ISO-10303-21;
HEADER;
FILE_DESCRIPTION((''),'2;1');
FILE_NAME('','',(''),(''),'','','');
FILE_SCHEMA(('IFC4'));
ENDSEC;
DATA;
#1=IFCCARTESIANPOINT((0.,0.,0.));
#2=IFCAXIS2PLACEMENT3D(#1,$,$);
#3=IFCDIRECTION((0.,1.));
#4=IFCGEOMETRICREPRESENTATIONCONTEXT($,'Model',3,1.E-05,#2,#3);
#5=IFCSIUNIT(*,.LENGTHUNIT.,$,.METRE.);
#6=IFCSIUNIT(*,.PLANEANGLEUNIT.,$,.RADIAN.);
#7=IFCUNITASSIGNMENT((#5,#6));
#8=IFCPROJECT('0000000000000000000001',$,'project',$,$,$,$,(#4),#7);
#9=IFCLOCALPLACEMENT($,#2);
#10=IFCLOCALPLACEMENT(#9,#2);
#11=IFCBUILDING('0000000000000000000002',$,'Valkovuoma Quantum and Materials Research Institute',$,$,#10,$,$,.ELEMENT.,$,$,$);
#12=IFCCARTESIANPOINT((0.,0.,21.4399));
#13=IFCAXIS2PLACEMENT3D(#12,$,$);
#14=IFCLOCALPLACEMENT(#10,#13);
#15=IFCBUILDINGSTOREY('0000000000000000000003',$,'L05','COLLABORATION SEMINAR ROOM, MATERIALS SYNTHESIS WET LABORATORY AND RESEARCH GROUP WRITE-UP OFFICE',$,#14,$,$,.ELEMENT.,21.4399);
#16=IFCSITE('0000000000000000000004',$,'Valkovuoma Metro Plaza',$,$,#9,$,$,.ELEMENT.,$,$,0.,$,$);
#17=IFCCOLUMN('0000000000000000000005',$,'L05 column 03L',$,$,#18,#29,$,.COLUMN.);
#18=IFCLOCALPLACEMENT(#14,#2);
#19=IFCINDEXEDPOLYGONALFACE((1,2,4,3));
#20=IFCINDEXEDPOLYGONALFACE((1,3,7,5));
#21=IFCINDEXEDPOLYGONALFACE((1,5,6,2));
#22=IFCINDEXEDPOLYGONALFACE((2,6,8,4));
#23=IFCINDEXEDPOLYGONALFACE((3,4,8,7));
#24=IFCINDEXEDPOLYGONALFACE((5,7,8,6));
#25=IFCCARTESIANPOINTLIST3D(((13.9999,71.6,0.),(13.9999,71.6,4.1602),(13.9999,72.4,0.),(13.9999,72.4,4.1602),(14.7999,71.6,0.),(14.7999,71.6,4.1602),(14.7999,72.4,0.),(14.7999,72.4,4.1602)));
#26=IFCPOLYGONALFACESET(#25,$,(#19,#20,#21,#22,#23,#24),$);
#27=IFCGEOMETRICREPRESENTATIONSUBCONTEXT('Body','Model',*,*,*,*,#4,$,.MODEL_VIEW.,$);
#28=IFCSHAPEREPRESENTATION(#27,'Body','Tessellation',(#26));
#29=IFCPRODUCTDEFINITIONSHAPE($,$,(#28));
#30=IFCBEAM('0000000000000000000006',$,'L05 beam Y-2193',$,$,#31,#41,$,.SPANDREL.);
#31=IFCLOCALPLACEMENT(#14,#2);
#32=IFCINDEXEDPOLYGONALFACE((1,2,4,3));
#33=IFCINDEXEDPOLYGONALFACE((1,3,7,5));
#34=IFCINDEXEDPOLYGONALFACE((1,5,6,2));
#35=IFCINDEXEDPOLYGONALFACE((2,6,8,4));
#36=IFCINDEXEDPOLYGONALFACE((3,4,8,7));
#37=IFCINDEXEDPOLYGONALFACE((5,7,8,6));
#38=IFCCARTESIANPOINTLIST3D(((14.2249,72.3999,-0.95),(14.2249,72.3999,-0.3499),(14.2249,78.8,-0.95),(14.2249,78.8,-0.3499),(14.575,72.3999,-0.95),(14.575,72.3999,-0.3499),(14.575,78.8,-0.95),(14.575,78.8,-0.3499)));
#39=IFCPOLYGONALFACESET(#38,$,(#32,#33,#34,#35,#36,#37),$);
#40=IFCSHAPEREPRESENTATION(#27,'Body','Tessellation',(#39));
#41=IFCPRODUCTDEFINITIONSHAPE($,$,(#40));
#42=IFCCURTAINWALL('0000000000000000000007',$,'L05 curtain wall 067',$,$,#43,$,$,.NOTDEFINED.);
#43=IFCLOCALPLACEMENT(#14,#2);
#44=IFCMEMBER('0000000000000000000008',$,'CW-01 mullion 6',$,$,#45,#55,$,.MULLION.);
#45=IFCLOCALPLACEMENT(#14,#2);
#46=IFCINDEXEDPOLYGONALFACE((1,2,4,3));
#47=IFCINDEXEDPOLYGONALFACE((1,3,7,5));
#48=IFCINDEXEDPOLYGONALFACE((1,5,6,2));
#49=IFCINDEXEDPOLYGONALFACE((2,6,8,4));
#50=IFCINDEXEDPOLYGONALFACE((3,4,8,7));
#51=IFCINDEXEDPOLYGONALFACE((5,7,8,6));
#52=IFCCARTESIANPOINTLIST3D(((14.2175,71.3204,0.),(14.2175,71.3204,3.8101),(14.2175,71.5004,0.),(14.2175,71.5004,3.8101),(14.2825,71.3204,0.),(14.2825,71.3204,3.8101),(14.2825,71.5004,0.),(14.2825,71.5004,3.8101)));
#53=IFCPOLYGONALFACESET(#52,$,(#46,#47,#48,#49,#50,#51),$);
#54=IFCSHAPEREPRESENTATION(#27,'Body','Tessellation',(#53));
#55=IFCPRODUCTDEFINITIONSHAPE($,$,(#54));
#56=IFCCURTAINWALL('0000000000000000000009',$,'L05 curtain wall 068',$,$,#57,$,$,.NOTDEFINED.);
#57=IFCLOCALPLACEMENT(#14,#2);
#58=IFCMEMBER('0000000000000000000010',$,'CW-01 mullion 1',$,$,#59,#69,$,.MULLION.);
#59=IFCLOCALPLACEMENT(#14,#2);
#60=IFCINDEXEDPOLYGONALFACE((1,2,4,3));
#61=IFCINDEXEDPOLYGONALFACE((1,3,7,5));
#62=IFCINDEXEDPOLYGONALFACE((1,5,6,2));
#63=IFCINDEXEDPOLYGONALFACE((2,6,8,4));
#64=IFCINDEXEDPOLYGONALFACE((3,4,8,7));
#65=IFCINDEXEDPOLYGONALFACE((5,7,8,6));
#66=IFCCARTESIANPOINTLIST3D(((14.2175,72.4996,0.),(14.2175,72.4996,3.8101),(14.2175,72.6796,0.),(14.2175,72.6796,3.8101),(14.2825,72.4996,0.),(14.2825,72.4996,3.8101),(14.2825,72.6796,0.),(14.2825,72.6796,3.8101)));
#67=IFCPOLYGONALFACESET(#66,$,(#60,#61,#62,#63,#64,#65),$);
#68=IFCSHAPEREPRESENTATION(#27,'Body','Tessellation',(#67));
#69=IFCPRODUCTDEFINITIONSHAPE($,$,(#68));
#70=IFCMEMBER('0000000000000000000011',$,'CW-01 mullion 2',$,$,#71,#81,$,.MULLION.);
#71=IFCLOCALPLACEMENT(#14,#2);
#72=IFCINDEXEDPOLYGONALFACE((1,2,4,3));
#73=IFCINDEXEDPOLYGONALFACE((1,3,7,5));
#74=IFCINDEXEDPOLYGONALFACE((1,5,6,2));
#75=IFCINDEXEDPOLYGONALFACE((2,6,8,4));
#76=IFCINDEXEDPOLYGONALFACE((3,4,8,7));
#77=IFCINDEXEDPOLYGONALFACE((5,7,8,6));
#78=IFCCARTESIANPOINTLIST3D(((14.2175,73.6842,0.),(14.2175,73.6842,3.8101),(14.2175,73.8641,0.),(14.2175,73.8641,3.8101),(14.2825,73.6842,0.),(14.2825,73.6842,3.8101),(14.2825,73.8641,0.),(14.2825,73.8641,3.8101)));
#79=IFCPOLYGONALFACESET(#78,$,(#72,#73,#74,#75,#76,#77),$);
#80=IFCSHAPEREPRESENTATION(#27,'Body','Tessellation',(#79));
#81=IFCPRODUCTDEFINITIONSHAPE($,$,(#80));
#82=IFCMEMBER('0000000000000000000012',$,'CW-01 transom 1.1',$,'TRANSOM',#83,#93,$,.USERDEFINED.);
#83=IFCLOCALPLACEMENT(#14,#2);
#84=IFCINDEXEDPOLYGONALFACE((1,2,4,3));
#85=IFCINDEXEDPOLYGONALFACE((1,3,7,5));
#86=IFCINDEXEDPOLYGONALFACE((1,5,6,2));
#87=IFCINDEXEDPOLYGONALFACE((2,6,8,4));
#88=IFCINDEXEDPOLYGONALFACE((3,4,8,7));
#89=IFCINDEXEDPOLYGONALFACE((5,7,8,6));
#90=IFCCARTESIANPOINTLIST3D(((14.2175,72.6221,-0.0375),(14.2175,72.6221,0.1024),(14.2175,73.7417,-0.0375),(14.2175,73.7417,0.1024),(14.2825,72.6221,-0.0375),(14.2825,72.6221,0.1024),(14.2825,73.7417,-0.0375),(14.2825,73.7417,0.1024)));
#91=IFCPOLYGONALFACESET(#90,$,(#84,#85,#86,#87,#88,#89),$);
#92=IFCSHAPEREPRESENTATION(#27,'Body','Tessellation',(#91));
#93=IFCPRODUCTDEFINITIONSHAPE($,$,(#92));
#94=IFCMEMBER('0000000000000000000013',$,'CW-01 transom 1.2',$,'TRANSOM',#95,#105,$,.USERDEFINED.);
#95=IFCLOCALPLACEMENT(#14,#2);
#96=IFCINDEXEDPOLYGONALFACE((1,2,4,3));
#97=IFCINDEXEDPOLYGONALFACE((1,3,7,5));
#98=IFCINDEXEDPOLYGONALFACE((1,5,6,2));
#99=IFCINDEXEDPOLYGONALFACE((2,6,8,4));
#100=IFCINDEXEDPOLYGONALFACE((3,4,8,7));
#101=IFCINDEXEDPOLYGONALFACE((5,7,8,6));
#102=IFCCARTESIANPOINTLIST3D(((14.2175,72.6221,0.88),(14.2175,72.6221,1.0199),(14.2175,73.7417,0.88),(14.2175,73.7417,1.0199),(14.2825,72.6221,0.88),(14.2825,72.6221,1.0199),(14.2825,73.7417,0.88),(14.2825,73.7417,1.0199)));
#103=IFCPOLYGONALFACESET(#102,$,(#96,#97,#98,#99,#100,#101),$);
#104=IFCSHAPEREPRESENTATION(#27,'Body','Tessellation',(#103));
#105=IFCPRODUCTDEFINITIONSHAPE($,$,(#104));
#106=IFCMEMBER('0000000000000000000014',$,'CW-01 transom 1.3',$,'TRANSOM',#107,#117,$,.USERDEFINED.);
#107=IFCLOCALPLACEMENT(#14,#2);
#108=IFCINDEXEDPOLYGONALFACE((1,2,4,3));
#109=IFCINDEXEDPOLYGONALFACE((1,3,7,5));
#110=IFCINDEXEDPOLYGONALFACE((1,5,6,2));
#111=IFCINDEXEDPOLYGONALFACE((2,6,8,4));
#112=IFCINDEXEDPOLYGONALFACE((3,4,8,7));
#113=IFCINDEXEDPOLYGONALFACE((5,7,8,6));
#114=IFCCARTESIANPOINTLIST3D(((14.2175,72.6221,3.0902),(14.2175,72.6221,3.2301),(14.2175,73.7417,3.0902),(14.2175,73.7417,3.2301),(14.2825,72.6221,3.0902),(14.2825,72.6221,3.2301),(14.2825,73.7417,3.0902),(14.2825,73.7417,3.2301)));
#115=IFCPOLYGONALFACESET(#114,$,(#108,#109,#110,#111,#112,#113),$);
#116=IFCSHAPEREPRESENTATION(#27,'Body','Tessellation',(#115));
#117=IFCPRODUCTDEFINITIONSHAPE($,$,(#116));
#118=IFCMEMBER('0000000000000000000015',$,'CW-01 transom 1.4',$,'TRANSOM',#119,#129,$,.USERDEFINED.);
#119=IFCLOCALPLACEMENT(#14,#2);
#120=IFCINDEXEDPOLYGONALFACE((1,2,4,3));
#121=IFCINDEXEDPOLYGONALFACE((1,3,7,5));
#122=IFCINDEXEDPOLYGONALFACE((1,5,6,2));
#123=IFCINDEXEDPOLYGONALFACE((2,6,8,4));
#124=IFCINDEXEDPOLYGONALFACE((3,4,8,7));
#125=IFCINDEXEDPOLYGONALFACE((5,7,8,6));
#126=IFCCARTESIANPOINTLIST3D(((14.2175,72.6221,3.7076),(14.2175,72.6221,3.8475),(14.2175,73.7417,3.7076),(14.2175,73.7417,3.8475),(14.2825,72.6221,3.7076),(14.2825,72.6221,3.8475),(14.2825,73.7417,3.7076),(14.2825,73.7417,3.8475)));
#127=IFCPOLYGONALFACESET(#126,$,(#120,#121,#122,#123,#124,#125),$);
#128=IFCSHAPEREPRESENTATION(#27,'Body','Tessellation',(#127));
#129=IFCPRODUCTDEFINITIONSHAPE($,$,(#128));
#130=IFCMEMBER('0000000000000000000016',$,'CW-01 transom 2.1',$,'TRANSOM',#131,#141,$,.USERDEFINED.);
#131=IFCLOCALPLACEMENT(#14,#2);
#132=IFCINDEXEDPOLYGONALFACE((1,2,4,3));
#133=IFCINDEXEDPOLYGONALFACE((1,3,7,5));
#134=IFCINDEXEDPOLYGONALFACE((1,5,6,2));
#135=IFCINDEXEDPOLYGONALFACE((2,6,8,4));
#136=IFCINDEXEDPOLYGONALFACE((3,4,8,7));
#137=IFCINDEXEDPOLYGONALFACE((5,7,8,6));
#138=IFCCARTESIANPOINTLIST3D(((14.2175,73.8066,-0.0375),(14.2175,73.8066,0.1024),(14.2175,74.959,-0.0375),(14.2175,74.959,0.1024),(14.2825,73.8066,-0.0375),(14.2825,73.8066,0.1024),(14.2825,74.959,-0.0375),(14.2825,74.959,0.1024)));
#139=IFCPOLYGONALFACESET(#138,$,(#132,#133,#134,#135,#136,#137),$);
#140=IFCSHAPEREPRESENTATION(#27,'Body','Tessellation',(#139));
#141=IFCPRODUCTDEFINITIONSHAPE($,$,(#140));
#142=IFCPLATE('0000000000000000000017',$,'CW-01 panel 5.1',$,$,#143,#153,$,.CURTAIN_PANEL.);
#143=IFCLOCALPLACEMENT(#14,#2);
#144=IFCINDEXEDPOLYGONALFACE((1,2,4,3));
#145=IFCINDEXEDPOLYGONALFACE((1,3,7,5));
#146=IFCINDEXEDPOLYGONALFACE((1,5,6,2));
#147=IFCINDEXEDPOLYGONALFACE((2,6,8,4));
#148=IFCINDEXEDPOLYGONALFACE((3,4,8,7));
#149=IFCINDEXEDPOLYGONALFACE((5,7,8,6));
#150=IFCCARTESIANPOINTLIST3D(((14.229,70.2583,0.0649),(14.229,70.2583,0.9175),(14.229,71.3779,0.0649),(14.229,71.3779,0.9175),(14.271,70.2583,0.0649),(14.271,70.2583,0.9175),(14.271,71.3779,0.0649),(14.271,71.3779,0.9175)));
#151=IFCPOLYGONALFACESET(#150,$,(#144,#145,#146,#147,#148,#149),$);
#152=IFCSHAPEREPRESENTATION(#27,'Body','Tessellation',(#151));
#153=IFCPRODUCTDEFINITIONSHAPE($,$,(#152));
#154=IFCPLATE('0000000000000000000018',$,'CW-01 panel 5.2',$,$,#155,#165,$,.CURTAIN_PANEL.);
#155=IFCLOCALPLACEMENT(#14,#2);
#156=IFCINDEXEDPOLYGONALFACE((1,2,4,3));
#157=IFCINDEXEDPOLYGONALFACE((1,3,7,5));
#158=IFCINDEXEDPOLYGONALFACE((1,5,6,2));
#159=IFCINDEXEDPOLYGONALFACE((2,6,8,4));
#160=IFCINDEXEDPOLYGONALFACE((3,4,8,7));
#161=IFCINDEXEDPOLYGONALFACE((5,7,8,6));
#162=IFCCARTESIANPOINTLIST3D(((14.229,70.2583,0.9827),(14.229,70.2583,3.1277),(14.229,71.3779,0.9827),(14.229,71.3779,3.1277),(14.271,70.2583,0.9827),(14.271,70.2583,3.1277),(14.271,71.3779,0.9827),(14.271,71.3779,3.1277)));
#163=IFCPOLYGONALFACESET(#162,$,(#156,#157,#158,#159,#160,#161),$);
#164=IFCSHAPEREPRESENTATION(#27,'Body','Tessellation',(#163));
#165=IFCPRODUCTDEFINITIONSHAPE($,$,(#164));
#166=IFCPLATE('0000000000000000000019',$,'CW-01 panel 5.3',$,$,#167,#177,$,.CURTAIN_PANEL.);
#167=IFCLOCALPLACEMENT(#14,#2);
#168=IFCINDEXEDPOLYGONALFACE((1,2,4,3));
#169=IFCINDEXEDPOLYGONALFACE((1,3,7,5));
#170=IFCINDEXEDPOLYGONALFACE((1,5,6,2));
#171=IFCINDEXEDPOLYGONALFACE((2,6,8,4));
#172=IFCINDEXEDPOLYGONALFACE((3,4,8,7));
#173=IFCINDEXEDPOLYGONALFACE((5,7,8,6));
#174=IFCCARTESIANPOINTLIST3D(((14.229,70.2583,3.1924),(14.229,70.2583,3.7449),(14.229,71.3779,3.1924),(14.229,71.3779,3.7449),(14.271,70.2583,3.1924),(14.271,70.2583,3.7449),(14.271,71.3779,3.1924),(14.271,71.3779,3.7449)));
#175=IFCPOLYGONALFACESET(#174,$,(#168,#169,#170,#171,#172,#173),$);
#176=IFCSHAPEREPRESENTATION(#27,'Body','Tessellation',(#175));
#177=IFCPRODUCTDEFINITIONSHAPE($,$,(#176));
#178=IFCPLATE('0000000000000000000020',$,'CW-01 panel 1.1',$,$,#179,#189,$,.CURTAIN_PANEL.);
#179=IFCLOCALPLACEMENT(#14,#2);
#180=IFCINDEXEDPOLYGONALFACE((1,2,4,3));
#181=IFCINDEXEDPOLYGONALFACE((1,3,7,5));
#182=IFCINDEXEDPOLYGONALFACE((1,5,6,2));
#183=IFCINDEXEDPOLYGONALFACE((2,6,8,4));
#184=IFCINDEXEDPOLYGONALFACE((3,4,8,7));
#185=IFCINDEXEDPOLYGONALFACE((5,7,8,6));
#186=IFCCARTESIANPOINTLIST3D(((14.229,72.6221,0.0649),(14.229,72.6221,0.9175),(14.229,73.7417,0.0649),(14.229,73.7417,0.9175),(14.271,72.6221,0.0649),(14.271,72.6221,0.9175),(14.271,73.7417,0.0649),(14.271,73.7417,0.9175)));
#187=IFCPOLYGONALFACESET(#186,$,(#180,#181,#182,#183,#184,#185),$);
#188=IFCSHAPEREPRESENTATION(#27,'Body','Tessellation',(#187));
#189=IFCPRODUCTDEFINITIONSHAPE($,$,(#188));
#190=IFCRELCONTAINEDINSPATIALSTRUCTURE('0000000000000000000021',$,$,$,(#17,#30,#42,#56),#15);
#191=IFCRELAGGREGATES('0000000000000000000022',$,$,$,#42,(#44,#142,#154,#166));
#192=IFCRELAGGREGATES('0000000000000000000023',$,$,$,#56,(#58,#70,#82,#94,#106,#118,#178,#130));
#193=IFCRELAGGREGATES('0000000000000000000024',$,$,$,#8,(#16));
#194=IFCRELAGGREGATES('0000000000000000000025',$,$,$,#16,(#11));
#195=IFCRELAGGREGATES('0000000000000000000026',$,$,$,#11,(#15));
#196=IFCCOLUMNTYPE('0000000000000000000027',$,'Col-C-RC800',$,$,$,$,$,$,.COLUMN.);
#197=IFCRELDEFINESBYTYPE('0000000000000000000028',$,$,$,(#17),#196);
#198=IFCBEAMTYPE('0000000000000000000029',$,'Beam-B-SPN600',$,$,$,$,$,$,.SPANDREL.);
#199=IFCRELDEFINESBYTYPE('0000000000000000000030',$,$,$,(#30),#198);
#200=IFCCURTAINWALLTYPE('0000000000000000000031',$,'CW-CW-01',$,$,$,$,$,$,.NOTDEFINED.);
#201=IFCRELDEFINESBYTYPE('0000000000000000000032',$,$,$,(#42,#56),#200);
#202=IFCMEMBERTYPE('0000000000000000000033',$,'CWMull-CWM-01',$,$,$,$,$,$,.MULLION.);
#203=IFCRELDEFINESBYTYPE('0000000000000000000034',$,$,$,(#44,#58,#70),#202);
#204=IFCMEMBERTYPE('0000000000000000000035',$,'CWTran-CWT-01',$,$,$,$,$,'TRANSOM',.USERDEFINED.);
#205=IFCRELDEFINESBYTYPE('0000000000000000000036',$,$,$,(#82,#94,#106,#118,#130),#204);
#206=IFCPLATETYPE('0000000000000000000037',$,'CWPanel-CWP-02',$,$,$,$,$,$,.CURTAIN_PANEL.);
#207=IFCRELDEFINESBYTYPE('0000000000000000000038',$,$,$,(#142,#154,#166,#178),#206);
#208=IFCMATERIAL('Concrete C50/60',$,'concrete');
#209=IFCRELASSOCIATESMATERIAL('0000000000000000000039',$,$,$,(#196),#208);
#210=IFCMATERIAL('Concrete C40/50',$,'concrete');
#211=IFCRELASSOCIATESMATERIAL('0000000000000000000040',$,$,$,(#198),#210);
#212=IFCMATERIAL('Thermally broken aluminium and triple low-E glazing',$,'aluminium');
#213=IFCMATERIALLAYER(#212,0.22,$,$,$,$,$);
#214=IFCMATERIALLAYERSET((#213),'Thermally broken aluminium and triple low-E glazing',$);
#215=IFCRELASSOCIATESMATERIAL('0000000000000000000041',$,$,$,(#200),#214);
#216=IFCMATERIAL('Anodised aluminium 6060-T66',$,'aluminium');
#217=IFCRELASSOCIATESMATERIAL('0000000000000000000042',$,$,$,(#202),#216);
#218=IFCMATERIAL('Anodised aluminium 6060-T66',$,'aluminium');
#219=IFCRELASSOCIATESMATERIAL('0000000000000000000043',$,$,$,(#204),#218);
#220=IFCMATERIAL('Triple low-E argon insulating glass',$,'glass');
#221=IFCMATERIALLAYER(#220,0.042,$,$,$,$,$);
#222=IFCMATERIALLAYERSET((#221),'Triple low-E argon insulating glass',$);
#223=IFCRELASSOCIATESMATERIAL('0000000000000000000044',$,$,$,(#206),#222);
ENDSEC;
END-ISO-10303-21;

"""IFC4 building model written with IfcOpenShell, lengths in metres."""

from ifc_helpers import new_model, si_unit, direction, frame, origin, origin_2d, place, context, subcontext, project, spatial, rectangle, extrude, material, layer, layer_set, material_profile, profile_set, type_object, element, aggregate, save


model = new_model("IFC4")

# Units and contexts
model_context = context("Model", 3, precision=1e-05, world=origin(), true_north=direction((0.0, 1.0)))
body_context = subcontext(model_context, "Body", "Model", "MODEL_VIEW")
ifc_project = project(units=[si_unit("LENGTHUNIT", "METRE"), si_unit("PLANEANGLEUNIT", "RADIAN")], contexts=[model_context])

# Site, building, storey
site_placement = place(None, origin())
site = spatial("IfcSite", under=ifc_project, at=site_placement, Name="Valkovuoma Metro Plaza", CompositionType="ELEMENT", RefElevation=0.0)
building_placement = place(site_placement, origin())
building = spatial("IfcBuilding", under=site, at=building_placement, Name="Valkovuoma Quantum and Materials Research Institute", CompositionType="ELEMENT")
storey_placement = place(building_placement, frame((0.0, 0.0, 21.4399)))
storey = spatial("IfcBuildingStorey", under=building, at=storey_placement, Name="L05", Description="COLLABORATION SEMINAR ROOM, MATERIALS SYNTHESIS WET LABORATORY AND RESEARCH GROUP WRITE-UP OFFICE", CompositionType="ELEMENT", Elevation=21.4399)

# Column
ifc_material_1 = material(Name="Concrete C50/60", Category="concrete")
ifc_material_profile_1 = material_profile(ifc_material_1, rectangle(XDim=0.8, YDim=0.8, at=origin_2d()), Name="Concrete C50/60")
ifc_profile_set_1 = profile_set([ifc_material_profile_1], Name="Concrete C50/60")
column_type = type_object("IfcColumnType", Name="Col-C-RC800", PredefinedType="COLUMN", material=ifc_profile_set_1)
column_placement = place(storey_placement, frame((14.3999, 72.0, 0.0), z_axis=(0.0, 0.0, 1.0), x_axis=(1.0, 0.0, 0.0)))
element("IfcColumn", 1, at=column_placement, inside=storey, type_object=column_type, Name="L05 column 03L", PredefinedType="COLUMN", context=body_context, shape_type="SweptSolid", body=[
    extrude(rectangle(XDim=0.8, YDim=0.8, at=origin_2d()), origin(), (0.0, 0.0, 1.0), 4.1602),
])

# Beam
ifc_material_2 = material(Name="Concrete C40/50", Category="concrete")
ifc_material_profile_2 = material_profile(ifc_material_2, rectangle(XDim=0.3501, YDim=0.6001, at=origin_2d()), Name="Concrete C40/50")
ifc_profile_set_2 = profile_set([ifc_material_profile_2], Name="Concrete C40/50")
beam_type = type_object("IfcBeamType", Name="Beam-B-SPN600", PredefinedType="SPANDREL", material=ifc_profile_set_2)
beam_placement = place(storey_placement, frame((14.3999, 72.3999, -0.6499), z_axis=(0.0, 1.0, 0.0), x_axis=(-1.0, 0.0, 0.0)))
element("IfcBeam", 2, at=beam_placement, inside=storey, type_object=beam_type, Name="L05 beam Y-2193", PredefinedType="SPANDREL", context=body_context, shape_type="SweptSolid", body=[
    extrude(rectangle(XDim=0.3501, YDim=0.6001, at=origin_2d()), origin(), (0.0, 0.0, 1.0), 6.4001),
])

# Curtain wall, member
ifc_material_3 = material(Name="Thermally broken aluminium and triple low-E glazing", Category="aluminium")
ifc_layer_1 = layer(ifc_material_3, 0.22)
ifc_layer_set_1 = layer_set([ifc_layer_1], Name="Thermally broken aluminium and triple low-E glazing")
curtain_wall_type = type_object("IfcCurtainWallType", Name="CW-CW-01", PredefinedType="NOTDEFINED", material=ifc_layer_set_1)
curtain_wall_1_placement = place(storey_placement, origin())
curtain_wall_1 = element("IfcCurtainWall", 3, at=curtain_wall_1_placement, inside=storey, type_object=curtain_wall_type, Name="L05 curtain wall 067", PredefinedType="NOTDEFINED")
ifc_material_4 = material(Name="Anodised aluminium 6060-T66", Category="aluminium")
ifc_material_profile_3 = material_profile(ifc_material_4, rectangle(XDim=0.0649, YDim=0.1799, at=origin_2d()), Name="Anodised aluminium 6060-T66")
ifc_profile_set_3 = profile_set([ifc_material_profile_3], Name="Anodised aluminium 6060-T66")
member_type_1 = type_object("IfcMemberType", Name="CWMull-CWM-01", PredefinedType="MULLION", material=ifc_profile_set_3)
member_1_placement = place(storey_placement, frame((14.25, 71.4104, 0.0), z_axis=(0.0, 0.0, 1.0), x_axis=(-1.0, 0.0, 0.0)))
member_1 = element("IfcMember", 4, at=member_1_placement, type_object=member_type_1, Name="CW-01 mullion 6", PredefinedType="MULLION", context=body_context, shape_type="SweptSolid", body=[
    extrude(rectangle(XDim=0.0649, YDim=0.1799, at=origin_2d()), origin(), (0.0, 0.0, 1.0), 3.8101),
])

# Curtain wall, members
curtain_wall_2_placement = place(storey_placement, origin())
curtain_wall_2 = element("IfcCurtainWall", 5, at=curtain_wall_2_placement, inside=storey, type_object=curtain_wall_type, Name="L05 curtain wall 068", PredefinedType="NOTDEFINED")
member_2_placement = place(storey_placement, frame((14.25, 72.5896, 0.0), z_axis=(0.0, 0.0, 1.0), x_axis=(-1.0, 0.0, 0.0)))
member_2 = element("IfcMember", 6, at=member_2_placement, type_object=member_type_1, Name="CW-01 mullion 1", PredefinedType="MULLION", context=body_context, shape_type="SweptSolid", body=[
    extrude(rectangle(XDim=0.0649, YDim=0.1799, at=origin_2d()), origin(), (0.0, 0.0, 1.0), 3.8101),
])
member_3_placement = place(storey_placement, frame((14.25, 73.7742, 0.0), z_axis=(0.0, 0.0, 1.0), x_axis=(-1.0, 0.0, 0.0)))
member_3 = element("IfcMember", 7, at=member_3_placement, type_object=member_type_1, Name="CW-01 mullion 2", PredefinedType="MULLION", context=body_context, shape_type="SweptSolid", body=[
    extrude(rectangle(XDim=0.0649, YDim=0.1799, at=origin_2d()), origin(), (0.0, 0.0, 1.0), 3.8101),
])
ifc_material_5 = material(Name="Anodised aluminium 6060-T66", Category="aluminium")
ifc_material_profile_4 = material_profile(ifc_material_5, rectangle(XDim=0.0649, YDim=0.1399, at=origin_2d()), Name="Anodised aluminium 6060-T66")
ifc_profile_set_4 = profile_set([ifc_material_profile_4], Name="Anodised aluminium 6060-T66")
member_type_2 = type_object("IfcMemberType", Name="CWTran-CWT-01", ElementType="TRANSOM", PredefinedType="USERDEFINED", material=ifc_profile_set_4)
member_4_placement = place(storey_placement, frame((14.25, 72.6221, 0.0325), z_axis=(0.0, 1.0, 0.0), x_axis=(-1.0, 0.0, 0.0)))
member_4 = element("IfcMember", 8, at=member_4_placement, type_object=member_type_2, Name="CW-01 transom 1.1", ObjectType="TRANSOM", PredefinedType="USERDEFINED", context=body_context, shape_type="SweptSolid", body=[
    extrude(rectangle(XDim=0.0649, YDim=0.1399, at=origin_2d()), origin(), (0.0, 0.0, 1.0), 1.1196),
])
member_5_placement = place(storey_placement, frame((14.25, 72.6221, 0.95), z_axis=(0.0, 1.0, 0.0), x_axis=(-1.0, 0.0, 0.0)))
member_5 = element("IfcMember", 9, at=member_5_placement, type_object=member_type_2, Name="CW-01 transom 1.2", ObjectType="TRANSOM", PredefinedType="USERDEFINED", context=body_context, shape_type="SweptSolid", body=[
    extrude(rectangle(XDim=0.0649, YDim=0.1399, at=origin_2d()), origin(), (0.0, 0.0, 1.0), 1.1196),
])
member_6_placement = place(storey_placement, frame((14.25, 72.6221, 3.1602), z_axis=(0.0, 1.0, 0.0), x_axis=(-1.0, 0.0, 0.0)))
member_6 = element("IfcMember", 10, at=member_6_placement, type_object=member_type_2, Name="CW-01 transom 1.3", ObjectType="TRANSOM", PredefinedType="USERDEFINED", context=body_context, shape_type="SweptSolid", body=[
    extrude(rectangle(XDim=0.0649, YDim=0.1399, at=origin_2d()), origin(), (0.0, 0.0, 1.0), 1.1196),
])
member_7_placement = place(storey_placement, frame((14.25, 72.6221, 3.7776), z_axis=(0.0, 1.0, 0.0), x_axis=(-1.0, 0.0, 0.0)))
member_7 = element("IfcMember", 11, at=member_7_placement, type_object=member_type_2, Name="CW-01 transom 1.4", ObjectType="TRANSOM", PredefinedType="USERDEFINED", context=body_context, shape_type="SweptSolid", body=[
    extrude(rectangle(XDim=0.0649, YDim=0.1399, at=origin_2d()), origin(), (0.0, 0.0, 1.0), 1.1196),
])
member_8_placement = place(storey_placement, frame((14.25, 73.8066, 0.0325), z_axis=(0.0, 1.0, 0.0), x_axis=(-1.0, 0.0, 0.0)))
member_8 = element("IfcMember", 12, at=member_8_placement, type_object=member_type_2, Name="CW-01 transom 2.1", ObjectType="TRANSOM", PredefinedType="USERDEFINED", context=body_context, shape_type="SweptSolid", body=[
    extrude(rectangle(XDim=0.0649, YDim=0.1399, at=origin_2d()), origin(), (0.0, 0.0, 1.0), 1.1523),
])

# Plates
ifc_material_6 = material(Name="Triple low-E argon insulating glass", Category="glass")
ifc_layer_2 = layer(ifc_material_6, 0.042)
ifc_layer_set_2 = layer_set([ifc_layer_2], Name="Triple low-E argon insulating glass")
plate_type = type_object("IfcPlateType", Name="CWPanel-CWP-02", PredefinedType="CURTAIN_PANEL", material=ifc_layer_set_2)
plate_1_placement = place(storey_placement, frame((14.25, 70.8181, 0.0649), z_axis=(0.0, 0.0, 1.0), x_axis=(0.0, 1.0, 0.0)))
plate_1 = element("IfcPlate", 13, at=plate_1_placement, type_object=plate_type, Name="CW-01 panel 5.1", PredefinedType="CURTAIN_PANEL", context=body_context, shape_type="SweptSolid", body=[
    extrude(rectangle(XDim=1.1196, YDim=0.042, at=origin_2d()), origin(), (0.0, 0.0, 1.0), 0.8525),
])
plate_2_placement = place(storey_placement, frame((14.25, 70.8181, 0.9827), z_axis=(0.0, 0.0, 1.0), x_axis=(0.0, 1.0, 0.0)))
plate_2 = element("IfcPlate", 14, at=plate_2_placement, type_object=plate_type, Name="CW-01 panel 5.2", PredefinedType="CURTAIN_PANEL", context=body_context, shape_type="SweptSolid", body=[
    extrude(rectangle(XDim=1.1196, YDim=0.042, at=origin_2d()), origin(), (0.0, 0.0, 1.0), 2.145),
])
plate_3_placement = place(storey_placement, frame((14.25, 70.8181, 3.1924), z_axis=(0.0, 0.0, 1.0), x_axis=(0.0, 1.0, 0.0)))
plate_3 = element("IfcPlate", 15, at=plate_3_placement, type_object=plate_type, Name="CW-01 panel 5.3", PredefinedType="CURTAIN_PANEL", context=body_context, shape_type="SweptSolid", body=[
    extrude(rectangle(XDim=1.1196, YDim=0.042, at=origin_2d()), origin(), (0.0, 0.0, 1.0), 0.5525),
])
aggregate(curtain_wall_1, [member_1, plate_1, plate_2, plate_3])
plate_4_placement = place(storey_placement, frame((14.25, 73.1819, 0.0649), z_axis=(0.0, 0.0, 1.0), x_axis=(0.0, 1.0, 0.0)))
plate_4 = element("IfcPlate", 16, at=plate_4_placement, type_object=plate_type, Name="CW-01 panel 1.1", PredefinedType="CURTAIN_PANEL", context=body_context, shape_type="SweptSolid", body=[
    extrude(rectangle(XDim=1.1196, YDim=0.042, at=origin_2d()), origin(), (0.0, 0.0, 1.0), 0.8525),
])
aggregate(curtain_wall_2, [member_2, member_3, member_4, member_5, member_6, member_7, plate_4, member_8])

save(model, "model.ifc")
